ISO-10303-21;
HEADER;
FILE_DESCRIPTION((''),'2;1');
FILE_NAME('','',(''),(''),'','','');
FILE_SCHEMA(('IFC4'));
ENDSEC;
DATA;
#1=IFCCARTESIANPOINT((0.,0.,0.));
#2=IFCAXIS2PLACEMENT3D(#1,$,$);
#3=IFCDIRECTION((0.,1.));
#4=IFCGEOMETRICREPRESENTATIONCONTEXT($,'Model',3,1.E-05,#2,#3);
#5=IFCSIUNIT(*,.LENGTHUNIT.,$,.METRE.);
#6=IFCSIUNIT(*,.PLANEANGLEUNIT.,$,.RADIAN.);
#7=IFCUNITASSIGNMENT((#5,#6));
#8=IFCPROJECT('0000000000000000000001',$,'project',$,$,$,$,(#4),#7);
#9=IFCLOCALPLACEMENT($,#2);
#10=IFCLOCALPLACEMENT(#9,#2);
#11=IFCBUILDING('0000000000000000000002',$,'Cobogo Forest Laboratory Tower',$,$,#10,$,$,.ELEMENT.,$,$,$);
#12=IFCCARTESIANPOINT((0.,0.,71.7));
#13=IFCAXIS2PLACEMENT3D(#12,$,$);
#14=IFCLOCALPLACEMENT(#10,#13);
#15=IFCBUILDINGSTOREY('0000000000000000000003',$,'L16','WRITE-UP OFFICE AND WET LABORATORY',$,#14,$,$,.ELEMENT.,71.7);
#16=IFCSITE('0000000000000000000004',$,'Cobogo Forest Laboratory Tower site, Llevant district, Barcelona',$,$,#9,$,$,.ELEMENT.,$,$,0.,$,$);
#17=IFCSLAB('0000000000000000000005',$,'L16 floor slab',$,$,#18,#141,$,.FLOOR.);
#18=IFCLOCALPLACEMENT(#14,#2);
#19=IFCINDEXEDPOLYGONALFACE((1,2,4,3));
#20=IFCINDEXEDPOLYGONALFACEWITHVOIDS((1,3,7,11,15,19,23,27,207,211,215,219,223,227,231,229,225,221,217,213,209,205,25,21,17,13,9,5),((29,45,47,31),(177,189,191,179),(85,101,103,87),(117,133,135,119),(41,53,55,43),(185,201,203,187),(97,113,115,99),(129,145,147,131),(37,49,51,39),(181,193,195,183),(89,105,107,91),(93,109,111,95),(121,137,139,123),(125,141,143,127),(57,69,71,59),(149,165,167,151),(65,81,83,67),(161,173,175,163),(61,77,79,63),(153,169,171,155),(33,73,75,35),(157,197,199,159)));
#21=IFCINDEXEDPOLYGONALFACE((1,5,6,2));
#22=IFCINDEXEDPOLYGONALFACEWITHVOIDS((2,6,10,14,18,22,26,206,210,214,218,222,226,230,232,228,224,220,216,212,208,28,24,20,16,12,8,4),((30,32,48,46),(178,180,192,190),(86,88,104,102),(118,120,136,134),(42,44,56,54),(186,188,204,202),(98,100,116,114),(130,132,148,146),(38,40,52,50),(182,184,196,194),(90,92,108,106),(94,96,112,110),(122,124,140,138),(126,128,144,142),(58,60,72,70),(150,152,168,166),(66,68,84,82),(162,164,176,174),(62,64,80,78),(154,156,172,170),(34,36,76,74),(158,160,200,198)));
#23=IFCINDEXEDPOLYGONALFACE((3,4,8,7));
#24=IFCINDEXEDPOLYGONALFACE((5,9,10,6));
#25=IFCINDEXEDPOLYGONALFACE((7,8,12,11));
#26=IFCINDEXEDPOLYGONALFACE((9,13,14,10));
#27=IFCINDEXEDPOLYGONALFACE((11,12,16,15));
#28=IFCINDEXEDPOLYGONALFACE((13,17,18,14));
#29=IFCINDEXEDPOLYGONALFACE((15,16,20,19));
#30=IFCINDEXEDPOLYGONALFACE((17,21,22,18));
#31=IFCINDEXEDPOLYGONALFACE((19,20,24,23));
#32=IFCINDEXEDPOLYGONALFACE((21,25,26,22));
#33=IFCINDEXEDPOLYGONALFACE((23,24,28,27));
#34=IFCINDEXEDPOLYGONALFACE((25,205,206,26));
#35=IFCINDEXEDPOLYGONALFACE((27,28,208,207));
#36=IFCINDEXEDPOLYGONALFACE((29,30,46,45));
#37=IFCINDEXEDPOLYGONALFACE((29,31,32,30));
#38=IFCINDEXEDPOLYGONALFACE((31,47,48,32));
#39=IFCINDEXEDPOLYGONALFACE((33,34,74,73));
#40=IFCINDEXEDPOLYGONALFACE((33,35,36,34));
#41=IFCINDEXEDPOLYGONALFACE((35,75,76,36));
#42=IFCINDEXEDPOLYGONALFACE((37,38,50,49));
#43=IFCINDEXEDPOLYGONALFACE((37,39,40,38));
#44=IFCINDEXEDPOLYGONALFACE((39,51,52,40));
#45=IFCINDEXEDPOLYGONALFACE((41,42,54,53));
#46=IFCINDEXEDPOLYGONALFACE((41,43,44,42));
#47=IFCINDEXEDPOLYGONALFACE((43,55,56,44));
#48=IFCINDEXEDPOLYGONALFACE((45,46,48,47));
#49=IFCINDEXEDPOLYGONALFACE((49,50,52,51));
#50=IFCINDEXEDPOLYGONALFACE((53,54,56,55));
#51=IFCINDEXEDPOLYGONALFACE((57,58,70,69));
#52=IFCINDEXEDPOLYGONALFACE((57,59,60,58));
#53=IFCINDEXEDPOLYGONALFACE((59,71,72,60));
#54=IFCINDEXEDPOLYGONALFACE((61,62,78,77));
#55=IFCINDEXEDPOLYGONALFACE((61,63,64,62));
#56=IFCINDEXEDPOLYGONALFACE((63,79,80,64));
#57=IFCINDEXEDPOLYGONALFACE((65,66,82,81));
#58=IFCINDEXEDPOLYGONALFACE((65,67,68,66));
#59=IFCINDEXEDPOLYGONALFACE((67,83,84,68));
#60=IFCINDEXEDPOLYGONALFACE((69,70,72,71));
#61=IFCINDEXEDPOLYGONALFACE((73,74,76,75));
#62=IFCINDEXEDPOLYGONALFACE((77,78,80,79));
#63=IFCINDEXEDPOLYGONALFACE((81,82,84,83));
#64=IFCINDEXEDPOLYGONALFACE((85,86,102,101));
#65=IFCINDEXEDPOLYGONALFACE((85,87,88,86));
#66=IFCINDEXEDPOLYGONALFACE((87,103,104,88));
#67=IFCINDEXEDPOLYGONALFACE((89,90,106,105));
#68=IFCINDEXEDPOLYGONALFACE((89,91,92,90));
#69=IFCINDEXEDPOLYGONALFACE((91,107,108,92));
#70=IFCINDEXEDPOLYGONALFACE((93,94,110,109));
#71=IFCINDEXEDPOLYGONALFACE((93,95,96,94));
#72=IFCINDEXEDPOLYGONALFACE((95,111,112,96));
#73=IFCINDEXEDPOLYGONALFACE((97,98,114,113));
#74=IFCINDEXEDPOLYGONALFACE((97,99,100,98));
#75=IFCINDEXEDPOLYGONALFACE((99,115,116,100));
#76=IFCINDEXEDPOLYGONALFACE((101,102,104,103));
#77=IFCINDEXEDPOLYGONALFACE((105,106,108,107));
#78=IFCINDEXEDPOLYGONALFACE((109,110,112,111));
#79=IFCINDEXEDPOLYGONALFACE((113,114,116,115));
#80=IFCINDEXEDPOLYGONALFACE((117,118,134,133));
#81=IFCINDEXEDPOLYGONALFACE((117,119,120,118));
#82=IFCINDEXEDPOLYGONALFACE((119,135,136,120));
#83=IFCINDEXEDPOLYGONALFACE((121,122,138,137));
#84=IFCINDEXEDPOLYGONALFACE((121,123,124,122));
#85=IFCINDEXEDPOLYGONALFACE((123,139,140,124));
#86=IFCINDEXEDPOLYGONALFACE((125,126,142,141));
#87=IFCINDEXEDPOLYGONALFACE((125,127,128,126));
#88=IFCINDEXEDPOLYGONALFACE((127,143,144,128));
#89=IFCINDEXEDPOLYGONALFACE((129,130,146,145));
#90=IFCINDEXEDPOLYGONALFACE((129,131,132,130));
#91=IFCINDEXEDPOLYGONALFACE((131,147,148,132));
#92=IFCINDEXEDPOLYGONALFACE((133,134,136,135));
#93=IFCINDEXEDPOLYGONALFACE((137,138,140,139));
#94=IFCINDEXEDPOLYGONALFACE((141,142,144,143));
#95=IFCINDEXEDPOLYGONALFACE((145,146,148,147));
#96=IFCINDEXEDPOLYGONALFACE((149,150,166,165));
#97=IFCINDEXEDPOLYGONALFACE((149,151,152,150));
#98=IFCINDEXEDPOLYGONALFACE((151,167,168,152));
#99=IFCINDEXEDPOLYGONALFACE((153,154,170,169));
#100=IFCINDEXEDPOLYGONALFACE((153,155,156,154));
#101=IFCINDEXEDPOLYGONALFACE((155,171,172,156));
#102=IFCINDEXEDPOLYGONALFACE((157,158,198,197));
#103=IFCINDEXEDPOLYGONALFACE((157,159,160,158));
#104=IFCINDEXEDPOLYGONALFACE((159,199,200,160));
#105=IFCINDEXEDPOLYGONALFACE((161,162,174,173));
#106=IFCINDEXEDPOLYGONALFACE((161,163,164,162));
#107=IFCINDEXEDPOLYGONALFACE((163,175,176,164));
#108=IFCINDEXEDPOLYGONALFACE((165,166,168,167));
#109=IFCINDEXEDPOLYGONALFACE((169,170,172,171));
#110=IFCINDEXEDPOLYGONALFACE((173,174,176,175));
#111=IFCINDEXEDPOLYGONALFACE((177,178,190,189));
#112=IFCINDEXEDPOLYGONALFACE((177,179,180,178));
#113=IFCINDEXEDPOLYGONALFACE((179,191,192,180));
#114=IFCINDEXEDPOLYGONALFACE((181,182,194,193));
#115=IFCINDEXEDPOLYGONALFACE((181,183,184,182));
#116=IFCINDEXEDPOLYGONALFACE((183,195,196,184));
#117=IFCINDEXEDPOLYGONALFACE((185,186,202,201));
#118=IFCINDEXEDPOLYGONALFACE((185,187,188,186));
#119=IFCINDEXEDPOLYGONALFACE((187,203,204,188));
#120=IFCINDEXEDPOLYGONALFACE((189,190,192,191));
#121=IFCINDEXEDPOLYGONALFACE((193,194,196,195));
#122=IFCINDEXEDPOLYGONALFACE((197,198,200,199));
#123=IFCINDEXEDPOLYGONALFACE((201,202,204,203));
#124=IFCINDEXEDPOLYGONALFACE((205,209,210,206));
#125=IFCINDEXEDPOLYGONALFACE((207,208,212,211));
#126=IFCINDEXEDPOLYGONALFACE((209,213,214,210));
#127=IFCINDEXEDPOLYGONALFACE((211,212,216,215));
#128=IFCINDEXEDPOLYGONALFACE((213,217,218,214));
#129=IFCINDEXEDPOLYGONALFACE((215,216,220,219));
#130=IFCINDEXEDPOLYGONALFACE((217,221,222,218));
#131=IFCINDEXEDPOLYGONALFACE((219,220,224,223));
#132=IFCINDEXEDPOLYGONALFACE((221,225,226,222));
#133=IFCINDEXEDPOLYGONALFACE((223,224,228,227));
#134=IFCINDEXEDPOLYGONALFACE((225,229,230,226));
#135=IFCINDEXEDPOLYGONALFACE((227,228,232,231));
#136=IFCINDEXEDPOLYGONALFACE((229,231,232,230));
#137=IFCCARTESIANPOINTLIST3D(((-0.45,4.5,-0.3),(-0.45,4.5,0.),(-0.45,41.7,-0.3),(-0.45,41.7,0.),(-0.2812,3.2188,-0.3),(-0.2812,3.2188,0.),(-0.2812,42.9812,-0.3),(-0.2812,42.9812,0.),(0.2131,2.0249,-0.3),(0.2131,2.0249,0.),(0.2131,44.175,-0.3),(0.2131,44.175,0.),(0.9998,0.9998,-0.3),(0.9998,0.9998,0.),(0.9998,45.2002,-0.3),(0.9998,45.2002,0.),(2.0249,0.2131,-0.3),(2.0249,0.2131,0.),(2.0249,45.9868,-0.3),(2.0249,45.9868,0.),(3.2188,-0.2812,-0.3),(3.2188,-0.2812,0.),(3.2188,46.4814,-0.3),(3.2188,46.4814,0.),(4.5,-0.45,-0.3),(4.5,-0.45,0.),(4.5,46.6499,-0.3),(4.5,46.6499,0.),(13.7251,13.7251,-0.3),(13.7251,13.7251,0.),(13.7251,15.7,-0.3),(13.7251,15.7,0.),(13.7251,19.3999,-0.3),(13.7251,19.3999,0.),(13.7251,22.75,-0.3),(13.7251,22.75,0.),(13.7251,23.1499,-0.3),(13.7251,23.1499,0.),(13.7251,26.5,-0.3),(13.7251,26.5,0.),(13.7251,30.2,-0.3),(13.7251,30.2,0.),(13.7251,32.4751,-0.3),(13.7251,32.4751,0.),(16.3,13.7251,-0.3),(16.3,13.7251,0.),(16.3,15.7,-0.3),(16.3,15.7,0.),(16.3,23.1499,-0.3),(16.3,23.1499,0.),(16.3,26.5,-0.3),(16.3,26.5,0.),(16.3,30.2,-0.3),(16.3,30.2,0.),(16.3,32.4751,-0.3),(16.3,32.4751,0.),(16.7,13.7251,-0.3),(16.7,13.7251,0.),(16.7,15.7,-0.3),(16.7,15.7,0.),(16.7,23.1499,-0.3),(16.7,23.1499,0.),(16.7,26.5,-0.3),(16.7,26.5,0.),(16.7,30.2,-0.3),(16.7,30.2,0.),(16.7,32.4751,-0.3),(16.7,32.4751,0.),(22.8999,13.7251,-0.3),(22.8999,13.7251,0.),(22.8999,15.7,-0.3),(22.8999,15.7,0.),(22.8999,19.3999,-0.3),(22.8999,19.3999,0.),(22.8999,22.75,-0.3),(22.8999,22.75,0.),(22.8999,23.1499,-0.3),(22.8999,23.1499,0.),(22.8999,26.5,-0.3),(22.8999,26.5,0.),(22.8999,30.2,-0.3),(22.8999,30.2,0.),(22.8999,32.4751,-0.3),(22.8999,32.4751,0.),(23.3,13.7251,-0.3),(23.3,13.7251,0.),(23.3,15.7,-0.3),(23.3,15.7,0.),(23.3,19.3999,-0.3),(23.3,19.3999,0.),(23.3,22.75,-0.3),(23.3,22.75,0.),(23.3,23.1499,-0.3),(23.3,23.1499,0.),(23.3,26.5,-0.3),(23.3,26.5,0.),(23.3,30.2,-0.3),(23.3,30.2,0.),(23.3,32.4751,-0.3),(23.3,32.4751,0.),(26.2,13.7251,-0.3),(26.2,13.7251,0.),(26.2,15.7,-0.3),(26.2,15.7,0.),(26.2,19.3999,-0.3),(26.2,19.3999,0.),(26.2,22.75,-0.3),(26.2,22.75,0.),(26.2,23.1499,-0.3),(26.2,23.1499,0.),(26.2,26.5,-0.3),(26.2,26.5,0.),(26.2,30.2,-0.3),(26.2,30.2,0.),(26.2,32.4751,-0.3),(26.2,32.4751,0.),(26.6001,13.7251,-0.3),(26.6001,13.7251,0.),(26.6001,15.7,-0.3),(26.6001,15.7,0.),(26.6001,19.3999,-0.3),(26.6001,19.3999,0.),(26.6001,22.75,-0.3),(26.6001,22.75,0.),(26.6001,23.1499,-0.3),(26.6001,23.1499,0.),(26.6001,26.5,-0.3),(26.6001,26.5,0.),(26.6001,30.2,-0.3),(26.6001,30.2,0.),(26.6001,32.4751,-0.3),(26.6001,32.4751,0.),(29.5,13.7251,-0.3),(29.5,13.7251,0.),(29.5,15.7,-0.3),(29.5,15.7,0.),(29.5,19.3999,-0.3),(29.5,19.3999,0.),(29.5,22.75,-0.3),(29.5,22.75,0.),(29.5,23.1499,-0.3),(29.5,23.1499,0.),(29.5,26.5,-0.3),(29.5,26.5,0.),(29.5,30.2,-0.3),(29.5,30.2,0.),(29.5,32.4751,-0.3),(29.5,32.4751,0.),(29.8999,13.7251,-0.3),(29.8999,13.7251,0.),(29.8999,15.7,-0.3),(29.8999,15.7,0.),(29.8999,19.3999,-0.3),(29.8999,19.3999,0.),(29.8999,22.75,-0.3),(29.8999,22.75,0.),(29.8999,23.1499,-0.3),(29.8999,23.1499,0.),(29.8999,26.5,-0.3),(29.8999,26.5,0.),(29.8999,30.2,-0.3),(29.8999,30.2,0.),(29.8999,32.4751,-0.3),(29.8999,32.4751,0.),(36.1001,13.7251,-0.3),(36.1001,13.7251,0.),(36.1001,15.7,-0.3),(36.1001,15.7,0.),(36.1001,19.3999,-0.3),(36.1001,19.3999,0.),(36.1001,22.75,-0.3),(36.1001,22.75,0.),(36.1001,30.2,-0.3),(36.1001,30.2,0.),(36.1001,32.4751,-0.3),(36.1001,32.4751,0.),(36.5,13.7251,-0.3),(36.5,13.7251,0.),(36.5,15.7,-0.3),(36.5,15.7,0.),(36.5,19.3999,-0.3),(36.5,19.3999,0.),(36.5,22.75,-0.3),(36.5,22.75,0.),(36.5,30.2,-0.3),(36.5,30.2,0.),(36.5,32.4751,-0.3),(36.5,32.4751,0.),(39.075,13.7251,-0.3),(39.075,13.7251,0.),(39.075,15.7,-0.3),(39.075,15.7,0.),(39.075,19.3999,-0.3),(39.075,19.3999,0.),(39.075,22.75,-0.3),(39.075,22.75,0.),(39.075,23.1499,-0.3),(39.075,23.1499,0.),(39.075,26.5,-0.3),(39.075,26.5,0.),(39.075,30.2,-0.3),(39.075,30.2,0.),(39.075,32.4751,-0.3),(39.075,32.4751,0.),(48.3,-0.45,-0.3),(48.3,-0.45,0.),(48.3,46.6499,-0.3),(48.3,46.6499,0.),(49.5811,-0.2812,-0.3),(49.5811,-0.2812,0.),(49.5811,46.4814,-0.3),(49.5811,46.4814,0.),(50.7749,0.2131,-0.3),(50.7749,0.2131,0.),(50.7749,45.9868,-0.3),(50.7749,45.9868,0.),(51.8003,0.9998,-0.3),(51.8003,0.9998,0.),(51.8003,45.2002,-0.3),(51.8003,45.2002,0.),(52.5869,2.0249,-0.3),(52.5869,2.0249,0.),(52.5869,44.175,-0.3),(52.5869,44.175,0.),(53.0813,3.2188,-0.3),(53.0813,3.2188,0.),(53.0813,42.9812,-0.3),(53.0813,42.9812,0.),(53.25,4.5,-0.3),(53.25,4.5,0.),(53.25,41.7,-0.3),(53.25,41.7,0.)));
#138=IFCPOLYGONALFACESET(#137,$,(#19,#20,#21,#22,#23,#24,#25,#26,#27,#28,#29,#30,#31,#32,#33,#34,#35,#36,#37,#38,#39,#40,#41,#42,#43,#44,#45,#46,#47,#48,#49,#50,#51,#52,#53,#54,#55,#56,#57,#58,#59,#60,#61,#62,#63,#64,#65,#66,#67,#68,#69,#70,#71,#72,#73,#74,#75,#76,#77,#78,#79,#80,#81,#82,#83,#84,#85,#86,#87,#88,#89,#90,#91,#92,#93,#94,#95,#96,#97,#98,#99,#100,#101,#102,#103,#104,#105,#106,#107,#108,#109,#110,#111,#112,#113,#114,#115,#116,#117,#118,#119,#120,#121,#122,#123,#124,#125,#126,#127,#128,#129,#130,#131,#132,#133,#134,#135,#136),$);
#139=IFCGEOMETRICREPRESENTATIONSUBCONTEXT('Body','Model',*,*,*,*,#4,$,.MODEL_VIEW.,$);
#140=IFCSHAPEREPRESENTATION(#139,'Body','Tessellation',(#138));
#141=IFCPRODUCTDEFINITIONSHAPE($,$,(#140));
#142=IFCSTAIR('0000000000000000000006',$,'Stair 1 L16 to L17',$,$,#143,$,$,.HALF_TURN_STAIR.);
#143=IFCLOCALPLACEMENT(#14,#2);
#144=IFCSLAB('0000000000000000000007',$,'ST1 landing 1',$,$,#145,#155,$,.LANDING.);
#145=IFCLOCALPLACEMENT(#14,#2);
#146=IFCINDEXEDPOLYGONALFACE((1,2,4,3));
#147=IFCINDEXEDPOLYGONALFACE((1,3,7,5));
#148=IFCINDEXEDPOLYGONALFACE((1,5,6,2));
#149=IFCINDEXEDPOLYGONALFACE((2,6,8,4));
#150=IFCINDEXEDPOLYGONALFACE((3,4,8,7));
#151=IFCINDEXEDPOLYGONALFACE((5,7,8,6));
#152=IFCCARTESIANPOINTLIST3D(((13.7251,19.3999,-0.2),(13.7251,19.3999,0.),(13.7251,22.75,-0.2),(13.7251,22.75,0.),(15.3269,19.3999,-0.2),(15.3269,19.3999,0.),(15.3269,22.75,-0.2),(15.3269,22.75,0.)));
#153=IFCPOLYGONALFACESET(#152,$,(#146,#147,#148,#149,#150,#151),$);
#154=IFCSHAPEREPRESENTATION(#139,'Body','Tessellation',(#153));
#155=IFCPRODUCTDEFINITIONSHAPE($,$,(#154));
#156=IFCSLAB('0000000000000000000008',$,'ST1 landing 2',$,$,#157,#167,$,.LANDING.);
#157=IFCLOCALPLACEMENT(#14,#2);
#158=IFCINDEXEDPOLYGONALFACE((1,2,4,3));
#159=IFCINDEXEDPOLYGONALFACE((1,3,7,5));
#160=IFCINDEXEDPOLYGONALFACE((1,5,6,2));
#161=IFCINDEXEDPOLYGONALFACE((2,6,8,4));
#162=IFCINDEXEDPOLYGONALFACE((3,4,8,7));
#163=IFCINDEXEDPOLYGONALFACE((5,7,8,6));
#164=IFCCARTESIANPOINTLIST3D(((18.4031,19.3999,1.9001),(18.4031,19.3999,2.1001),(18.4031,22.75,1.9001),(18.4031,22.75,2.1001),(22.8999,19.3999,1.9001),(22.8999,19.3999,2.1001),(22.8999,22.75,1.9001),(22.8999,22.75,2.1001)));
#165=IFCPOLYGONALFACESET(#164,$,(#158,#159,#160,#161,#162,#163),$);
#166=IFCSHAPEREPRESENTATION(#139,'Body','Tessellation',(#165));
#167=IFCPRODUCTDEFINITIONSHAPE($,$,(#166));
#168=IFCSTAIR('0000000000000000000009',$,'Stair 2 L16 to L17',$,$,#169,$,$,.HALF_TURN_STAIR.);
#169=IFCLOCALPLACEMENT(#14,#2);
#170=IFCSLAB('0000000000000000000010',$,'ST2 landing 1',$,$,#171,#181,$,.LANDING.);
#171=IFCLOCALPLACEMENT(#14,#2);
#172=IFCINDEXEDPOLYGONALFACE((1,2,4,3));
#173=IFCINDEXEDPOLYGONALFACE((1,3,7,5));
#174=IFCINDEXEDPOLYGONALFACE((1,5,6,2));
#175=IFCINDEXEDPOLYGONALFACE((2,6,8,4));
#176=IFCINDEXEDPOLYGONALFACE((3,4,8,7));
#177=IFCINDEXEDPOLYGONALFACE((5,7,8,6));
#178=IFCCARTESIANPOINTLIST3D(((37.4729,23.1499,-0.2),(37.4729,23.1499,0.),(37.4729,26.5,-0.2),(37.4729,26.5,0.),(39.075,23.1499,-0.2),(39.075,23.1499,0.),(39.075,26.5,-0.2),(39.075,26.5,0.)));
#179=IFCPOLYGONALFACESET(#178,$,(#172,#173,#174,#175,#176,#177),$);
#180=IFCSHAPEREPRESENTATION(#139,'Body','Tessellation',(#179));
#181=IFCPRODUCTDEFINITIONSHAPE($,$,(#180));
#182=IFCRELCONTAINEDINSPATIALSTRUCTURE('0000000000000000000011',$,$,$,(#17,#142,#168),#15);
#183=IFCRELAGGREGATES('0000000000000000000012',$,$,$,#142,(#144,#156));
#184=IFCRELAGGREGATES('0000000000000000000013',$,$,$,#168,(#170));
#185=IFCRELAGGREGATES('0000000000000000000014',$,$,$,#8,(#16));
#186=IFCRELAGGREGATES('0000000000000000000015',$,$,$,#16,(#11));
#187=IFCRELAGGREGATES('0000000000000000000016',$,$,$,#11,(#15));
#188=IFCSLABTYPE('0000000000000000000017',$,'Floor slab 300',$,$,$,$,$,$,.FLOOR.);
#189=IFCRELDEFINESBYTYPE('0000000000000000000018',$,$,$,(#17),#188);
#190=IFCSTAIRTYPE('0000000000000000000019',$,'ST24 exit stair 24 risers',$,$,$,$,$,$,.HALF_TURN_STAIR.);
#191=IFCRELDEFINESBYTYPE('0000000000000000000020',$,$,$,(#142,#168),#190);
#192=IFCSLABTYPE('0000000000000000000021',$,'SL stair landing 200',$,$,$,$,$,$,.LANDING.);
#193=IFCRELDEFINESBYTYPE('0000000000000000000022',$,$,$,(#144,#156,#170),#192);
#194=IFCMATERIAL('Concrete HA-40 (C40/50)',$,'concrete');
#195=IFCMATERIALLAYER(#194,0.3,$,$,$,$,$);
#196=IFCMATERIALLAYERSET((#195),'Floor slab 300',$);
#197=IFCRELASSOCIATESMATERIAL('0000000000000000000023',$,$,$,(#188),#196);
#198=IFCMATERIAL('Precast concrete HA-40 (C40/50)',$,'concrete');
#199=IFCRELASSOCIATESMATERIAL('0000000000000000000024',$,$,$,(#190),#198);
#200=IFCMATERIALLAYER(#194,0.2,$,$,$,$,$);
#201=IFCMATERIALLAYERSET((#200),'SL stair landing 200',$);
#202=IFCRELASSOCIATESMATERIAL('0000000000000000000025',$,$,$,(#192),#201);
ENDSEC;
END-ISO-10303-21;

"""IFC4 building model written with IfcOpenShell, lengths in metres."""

from ifc_helpers import new_model, si_unit, direction, frame, origin, place, context, subcontext, project, spatial, polyline, outline, extrude, material, layer, layer_set, type_object, element, aggregate, save


model = new_model("IFC4")

# Units and contexts
model_context = context("Model", 3, precision=1e-05, world=origin(), true_north=direction((0.0, 1.0)))
body_context = subcontext(model_context, "Body", "Model", "MODEL_VIEW")
ifc_project = project(units=[si_unit("LENGTHUNIT", "METRE"), si_unit("PLANEANGLEUNIT", "RADIAN")], contexts=[model_context])

# Site, building, storey
site_placement = place(None, origin())
site = spatial("IfcSite", under=ifc_project, at=site_placement, Name="Cobogo Forest Laboratory Tower site, Llevant district, Barcelona", CompositionType="ELEMENT", RefElevation=0.0)
building_placement = place(site_placement, origin())
building = spatial("IfcBuilding", under=site, at=building_placement, Name="Cobogo Forest Laboratory Tower", CompositionType="ELEMENT")
storey_placement = place(building_placement, frame((0.0, 0.0, 71.7)))
storey = spatial("IfcBuildingStorey", under=building, at=storey_placement, Name="L16", Description="WRITE-UP OFFICE AND WET LABORATORY", CompositionType="ELEMENT", Elevation=71.7)

# Slab
ifc_material_1 = material(Name="Concrete HA-40 (C40/50)", Category="concrete")
ifc_layer_1 = layer(ifc_material_1, 0.3)
ifc_layer_set_1 = layer_set([ifc_layer_1], Name="Floor slab 300")
slab_type_1 = type_object("IfcSlabType", Name="Floor slab 300", PredefinedType="FLOOR", material=ifc_layer_set_1)
slab_1_placement = place(storey_placement, frame((0.0, 0.0, -0.3)))
element("IfcSlab", 1, at=slab_1_placement, inside=storey, type_object=slab_type_1, Name="L16 floor slab", PredefinedType="FLOOR", context=body_context, shape_type="SweptSolid", body=[
    extrude(outline(polyline([(48.3, -0.45), (49.5811, -0.2812), (50.7749, 0.2131), (51.8003, 0.9998), (52.5869, 2.0249), (53.0813, 3.2188), (53.25, 4.5), (53.25, 41.7), (53.0813, 42.9812), (52.5869, 44.175), (51.8003, 45.2002), (50.7749, 45.9868), (49.5811, 46.4814), (48.3, 46.6499), (4.5, 46.6499), (3.2188, 46.4814), (2.0249, 45.9868), (0.9998, 45.2002), (0.2131, 44.175), (-0.2812, 42.9812), (-0.45, 41.7), (-0.45, 4.5), (-0.2812, 3.2188), (0.2131, 2.0249), (0.9998, 0.9998), (2.0249, 0.2131), (3.2188, -0.2812), (4.5, -0.45), (48.3, -0.45)]), holes=[polyline([(16.3, 13.7251), (13.7251, 13.7251), (13.7251, 15.7), (16.3, 15.7), (16.3, 13.7251)]), polyline([(22.8999, 15.7), (22.8999, 13.7251), (16.7, 13.7251), (16.7, 15.7), (22.8999, 15.7)]), polyline([(23.3, 13.7251), (23.3, 15.7), (26.2, 15.7), (26.2, 13.7251), (23.3, 13.7251)]), polyline([(29.5, 13.7251), (26.6001, 13.7251), (26.6001, 15.7), (29.5, 15.7), (29.5, 13.7251)]), polyline([(36.1001, 15.7), (36.1001, 13.7251), (29.8999, 13.7251), (29.8999, 15.7), (36.1001, 15.7)]), polyline([(36.5, 13.7251), (36.5, 15.7), (39.075, 15.7), (39.075, 13.7251), (36.5, 13.7251)]), polyline([(13.7251, 19.3999), (13.7251, 22.75), (22.8999, 22.75), (22.8999, 19.3999), (13.7251, 19.3999)]), polyline([(23.3, 19.3999), (23.3, 22.75), (26.2, 22.75), (26.2, 19.3999), (23.3, 19.3999)]), polyline([(26.6001, 19.3999), (26.6001, 22.75), (29.5, 22.75), (29.5, 19.3999), (26.6001, 19.3999)]), polyline([(36.1001, 22.75), (36.1001, 19.3999), (29.8999, 19.3999), (29.8999, 22.75), (36.1001, 22.75)]), polyline([(39.075, 19.3999), (36.5, 19.3999), (36.5, 22.75), (39.075, 22.75), (39.075, 19.3999)]), polyline([(13.7251, 23.1499), (13.7251, 26.5), (16.3, 26.5), (16.3, 23.1499), (13.7251, 23.1499)]), polyline([(22.8999, 26.5), (22.8999, 23.1499), (16.7, 23.1499), (16.7, 26.5), (22.8999, 26.5)]), polyline([(23.3, 23.1499), (23.3, 26.5), (26.2, 26.5), (26.2, 23.1499), (23.3, 23.1499)]), polyline([(26.6001, 23.1499), (26.6001, 26.5), (29.5, 26.5), (29.5, 23.1499), (26.6001, 23.1499)]), polyline([(29.8999, 23.1499), (29.8999, 26.5), (39.075, 26.5), (39.075, 23.1499), (29.8999, 23.1499)]), polyline([(13.7251, 30.2), (13.7251, 32.4751), (16.3, 32.4751), (16.3, 30.2), (13.7251, 30.2)]), polyline([(22.8999, 32.4751), (22.8999, 30.2), (16.7, 30.2), (16.7, 32.4751), (22.8999, 32.4751)]), polyline([(23.3, 30.2), (23.3, 32.4751), (26.2, 32.4751), (26.2, 30.2), (23.3, 30.2)]), polyline([(26.6001, 30.2), (26.6001, 32.4751), (29.5, 32.4751), (29.5, 30.2), (26.6001, 30.2)]), polyline([(36.1001, 32.4751), (36.1001, 30.2), (29.8999, 30.2), (29.8999, 32.4751), (36.1001, 32.4751)]), polyline([(36.5, 30.2), (36.5, 32.4751), (39.075, 32.4751), (39.075, 30.2), (36.5, 30.2)])]), origin(), (0.0, 0.0, 1.0), 0.3),
])

# Stairs, slabs
ifc_material_2 = material(Name="Precast concrete HA-40 (C40/50)", Category="concrete")
stair_type = type_object("IfcStairType", Name="ST24 exit stair 24 risers", PredefinedType="HALF_TURN_STAIR", material=ifc_material_2)
stair_1_placement = place(storey_placement, origin())
stair_1 = element("IfcStair", 2, at=stair_1_placement, inside=storey, type_object=stair_type, Name="Stair 1 L16 to L17", PredefinedType="HALF_TURN_STAIR")
ifc_layer_2 = layer(ifc_material_1, 0.2)
ifc_layer_set_2 = layer_set([ifc_layer_2], Name="SL stair landing 200")
slab_type_2 = type_object("IfcSlabType", Name="SL stair landing 200", PredefinedType="LANDING", material=ifc_layer_set_2)
slab_2_placement = place(storey_placement, frame((0.0, 0.0, -0.2)))
slab_2 = element("IfcSlab", 3, at=slab_2_placement, type_object=slab_type_2, Name="ST1 landing 1", PredefinedType="LANDING", context=body_context, shape_type="SweptSolid", body=[
    extrude(outline(polyline([(13.7251, 19.3999), (15.3269, 19.3999), (15.3269, 22.75), (13.7251, 22.75), (13.7251, 19.3999)])), origin(), (0.0, 0.0, 1.0), 0.2),
])
slab_3_placement = place(storey_placement, frame((0.0, 0.0, 1.9001)))
slab_3 = element("IfcSlab", 4, at=slab_3_placement, type_object=slab_type_2, Name="ST1 landing 2", PredefinedType="LANDING", context=body_context, shape_type="SweptSolid", body=[
    extrude(outline(polyline([(18.4031, 19.3999), (22.8999, 19.3999), (22.8999, 22.75), (18.4031, 22.75), (18.4031, 19.3999)])), origin(), (0.0, 0.0, 1.0), 0.2),
])
aggregate(stair_1, [slab_2, slab_3])
stair_2_placement = place(storey_placement, origin())
stair_2 = element("IfcStair", 5, at=stair_2_placement, inside=storey, type_object=stair_type, Name="Stair 2 L16 to L17", PredefinedType="HALF_TURN_STAIR")
slab_4_placement = place(storey_placement, frame((0.0, 0.0, -0.2)))
slab_4 = element("IfcSlab", 6, at=slab_4_placement, type_object=slab_type_2, Name="ST2 landing 1", PredefinedType="LANDING", context=body_context, shape_type="SweptSolid", body=[
    extrude(outline(polyline([(37.4729, 23.1499), (39.075, 23.1499), (39.075, 26.5), (37.4729, 26.5), (37.4729, 23.1499)])), origin(), (0.0, 0.0, 1.0), 0.2),
])
aggregate(stair_2, [slab_4])

save(model, "model.ifc")
